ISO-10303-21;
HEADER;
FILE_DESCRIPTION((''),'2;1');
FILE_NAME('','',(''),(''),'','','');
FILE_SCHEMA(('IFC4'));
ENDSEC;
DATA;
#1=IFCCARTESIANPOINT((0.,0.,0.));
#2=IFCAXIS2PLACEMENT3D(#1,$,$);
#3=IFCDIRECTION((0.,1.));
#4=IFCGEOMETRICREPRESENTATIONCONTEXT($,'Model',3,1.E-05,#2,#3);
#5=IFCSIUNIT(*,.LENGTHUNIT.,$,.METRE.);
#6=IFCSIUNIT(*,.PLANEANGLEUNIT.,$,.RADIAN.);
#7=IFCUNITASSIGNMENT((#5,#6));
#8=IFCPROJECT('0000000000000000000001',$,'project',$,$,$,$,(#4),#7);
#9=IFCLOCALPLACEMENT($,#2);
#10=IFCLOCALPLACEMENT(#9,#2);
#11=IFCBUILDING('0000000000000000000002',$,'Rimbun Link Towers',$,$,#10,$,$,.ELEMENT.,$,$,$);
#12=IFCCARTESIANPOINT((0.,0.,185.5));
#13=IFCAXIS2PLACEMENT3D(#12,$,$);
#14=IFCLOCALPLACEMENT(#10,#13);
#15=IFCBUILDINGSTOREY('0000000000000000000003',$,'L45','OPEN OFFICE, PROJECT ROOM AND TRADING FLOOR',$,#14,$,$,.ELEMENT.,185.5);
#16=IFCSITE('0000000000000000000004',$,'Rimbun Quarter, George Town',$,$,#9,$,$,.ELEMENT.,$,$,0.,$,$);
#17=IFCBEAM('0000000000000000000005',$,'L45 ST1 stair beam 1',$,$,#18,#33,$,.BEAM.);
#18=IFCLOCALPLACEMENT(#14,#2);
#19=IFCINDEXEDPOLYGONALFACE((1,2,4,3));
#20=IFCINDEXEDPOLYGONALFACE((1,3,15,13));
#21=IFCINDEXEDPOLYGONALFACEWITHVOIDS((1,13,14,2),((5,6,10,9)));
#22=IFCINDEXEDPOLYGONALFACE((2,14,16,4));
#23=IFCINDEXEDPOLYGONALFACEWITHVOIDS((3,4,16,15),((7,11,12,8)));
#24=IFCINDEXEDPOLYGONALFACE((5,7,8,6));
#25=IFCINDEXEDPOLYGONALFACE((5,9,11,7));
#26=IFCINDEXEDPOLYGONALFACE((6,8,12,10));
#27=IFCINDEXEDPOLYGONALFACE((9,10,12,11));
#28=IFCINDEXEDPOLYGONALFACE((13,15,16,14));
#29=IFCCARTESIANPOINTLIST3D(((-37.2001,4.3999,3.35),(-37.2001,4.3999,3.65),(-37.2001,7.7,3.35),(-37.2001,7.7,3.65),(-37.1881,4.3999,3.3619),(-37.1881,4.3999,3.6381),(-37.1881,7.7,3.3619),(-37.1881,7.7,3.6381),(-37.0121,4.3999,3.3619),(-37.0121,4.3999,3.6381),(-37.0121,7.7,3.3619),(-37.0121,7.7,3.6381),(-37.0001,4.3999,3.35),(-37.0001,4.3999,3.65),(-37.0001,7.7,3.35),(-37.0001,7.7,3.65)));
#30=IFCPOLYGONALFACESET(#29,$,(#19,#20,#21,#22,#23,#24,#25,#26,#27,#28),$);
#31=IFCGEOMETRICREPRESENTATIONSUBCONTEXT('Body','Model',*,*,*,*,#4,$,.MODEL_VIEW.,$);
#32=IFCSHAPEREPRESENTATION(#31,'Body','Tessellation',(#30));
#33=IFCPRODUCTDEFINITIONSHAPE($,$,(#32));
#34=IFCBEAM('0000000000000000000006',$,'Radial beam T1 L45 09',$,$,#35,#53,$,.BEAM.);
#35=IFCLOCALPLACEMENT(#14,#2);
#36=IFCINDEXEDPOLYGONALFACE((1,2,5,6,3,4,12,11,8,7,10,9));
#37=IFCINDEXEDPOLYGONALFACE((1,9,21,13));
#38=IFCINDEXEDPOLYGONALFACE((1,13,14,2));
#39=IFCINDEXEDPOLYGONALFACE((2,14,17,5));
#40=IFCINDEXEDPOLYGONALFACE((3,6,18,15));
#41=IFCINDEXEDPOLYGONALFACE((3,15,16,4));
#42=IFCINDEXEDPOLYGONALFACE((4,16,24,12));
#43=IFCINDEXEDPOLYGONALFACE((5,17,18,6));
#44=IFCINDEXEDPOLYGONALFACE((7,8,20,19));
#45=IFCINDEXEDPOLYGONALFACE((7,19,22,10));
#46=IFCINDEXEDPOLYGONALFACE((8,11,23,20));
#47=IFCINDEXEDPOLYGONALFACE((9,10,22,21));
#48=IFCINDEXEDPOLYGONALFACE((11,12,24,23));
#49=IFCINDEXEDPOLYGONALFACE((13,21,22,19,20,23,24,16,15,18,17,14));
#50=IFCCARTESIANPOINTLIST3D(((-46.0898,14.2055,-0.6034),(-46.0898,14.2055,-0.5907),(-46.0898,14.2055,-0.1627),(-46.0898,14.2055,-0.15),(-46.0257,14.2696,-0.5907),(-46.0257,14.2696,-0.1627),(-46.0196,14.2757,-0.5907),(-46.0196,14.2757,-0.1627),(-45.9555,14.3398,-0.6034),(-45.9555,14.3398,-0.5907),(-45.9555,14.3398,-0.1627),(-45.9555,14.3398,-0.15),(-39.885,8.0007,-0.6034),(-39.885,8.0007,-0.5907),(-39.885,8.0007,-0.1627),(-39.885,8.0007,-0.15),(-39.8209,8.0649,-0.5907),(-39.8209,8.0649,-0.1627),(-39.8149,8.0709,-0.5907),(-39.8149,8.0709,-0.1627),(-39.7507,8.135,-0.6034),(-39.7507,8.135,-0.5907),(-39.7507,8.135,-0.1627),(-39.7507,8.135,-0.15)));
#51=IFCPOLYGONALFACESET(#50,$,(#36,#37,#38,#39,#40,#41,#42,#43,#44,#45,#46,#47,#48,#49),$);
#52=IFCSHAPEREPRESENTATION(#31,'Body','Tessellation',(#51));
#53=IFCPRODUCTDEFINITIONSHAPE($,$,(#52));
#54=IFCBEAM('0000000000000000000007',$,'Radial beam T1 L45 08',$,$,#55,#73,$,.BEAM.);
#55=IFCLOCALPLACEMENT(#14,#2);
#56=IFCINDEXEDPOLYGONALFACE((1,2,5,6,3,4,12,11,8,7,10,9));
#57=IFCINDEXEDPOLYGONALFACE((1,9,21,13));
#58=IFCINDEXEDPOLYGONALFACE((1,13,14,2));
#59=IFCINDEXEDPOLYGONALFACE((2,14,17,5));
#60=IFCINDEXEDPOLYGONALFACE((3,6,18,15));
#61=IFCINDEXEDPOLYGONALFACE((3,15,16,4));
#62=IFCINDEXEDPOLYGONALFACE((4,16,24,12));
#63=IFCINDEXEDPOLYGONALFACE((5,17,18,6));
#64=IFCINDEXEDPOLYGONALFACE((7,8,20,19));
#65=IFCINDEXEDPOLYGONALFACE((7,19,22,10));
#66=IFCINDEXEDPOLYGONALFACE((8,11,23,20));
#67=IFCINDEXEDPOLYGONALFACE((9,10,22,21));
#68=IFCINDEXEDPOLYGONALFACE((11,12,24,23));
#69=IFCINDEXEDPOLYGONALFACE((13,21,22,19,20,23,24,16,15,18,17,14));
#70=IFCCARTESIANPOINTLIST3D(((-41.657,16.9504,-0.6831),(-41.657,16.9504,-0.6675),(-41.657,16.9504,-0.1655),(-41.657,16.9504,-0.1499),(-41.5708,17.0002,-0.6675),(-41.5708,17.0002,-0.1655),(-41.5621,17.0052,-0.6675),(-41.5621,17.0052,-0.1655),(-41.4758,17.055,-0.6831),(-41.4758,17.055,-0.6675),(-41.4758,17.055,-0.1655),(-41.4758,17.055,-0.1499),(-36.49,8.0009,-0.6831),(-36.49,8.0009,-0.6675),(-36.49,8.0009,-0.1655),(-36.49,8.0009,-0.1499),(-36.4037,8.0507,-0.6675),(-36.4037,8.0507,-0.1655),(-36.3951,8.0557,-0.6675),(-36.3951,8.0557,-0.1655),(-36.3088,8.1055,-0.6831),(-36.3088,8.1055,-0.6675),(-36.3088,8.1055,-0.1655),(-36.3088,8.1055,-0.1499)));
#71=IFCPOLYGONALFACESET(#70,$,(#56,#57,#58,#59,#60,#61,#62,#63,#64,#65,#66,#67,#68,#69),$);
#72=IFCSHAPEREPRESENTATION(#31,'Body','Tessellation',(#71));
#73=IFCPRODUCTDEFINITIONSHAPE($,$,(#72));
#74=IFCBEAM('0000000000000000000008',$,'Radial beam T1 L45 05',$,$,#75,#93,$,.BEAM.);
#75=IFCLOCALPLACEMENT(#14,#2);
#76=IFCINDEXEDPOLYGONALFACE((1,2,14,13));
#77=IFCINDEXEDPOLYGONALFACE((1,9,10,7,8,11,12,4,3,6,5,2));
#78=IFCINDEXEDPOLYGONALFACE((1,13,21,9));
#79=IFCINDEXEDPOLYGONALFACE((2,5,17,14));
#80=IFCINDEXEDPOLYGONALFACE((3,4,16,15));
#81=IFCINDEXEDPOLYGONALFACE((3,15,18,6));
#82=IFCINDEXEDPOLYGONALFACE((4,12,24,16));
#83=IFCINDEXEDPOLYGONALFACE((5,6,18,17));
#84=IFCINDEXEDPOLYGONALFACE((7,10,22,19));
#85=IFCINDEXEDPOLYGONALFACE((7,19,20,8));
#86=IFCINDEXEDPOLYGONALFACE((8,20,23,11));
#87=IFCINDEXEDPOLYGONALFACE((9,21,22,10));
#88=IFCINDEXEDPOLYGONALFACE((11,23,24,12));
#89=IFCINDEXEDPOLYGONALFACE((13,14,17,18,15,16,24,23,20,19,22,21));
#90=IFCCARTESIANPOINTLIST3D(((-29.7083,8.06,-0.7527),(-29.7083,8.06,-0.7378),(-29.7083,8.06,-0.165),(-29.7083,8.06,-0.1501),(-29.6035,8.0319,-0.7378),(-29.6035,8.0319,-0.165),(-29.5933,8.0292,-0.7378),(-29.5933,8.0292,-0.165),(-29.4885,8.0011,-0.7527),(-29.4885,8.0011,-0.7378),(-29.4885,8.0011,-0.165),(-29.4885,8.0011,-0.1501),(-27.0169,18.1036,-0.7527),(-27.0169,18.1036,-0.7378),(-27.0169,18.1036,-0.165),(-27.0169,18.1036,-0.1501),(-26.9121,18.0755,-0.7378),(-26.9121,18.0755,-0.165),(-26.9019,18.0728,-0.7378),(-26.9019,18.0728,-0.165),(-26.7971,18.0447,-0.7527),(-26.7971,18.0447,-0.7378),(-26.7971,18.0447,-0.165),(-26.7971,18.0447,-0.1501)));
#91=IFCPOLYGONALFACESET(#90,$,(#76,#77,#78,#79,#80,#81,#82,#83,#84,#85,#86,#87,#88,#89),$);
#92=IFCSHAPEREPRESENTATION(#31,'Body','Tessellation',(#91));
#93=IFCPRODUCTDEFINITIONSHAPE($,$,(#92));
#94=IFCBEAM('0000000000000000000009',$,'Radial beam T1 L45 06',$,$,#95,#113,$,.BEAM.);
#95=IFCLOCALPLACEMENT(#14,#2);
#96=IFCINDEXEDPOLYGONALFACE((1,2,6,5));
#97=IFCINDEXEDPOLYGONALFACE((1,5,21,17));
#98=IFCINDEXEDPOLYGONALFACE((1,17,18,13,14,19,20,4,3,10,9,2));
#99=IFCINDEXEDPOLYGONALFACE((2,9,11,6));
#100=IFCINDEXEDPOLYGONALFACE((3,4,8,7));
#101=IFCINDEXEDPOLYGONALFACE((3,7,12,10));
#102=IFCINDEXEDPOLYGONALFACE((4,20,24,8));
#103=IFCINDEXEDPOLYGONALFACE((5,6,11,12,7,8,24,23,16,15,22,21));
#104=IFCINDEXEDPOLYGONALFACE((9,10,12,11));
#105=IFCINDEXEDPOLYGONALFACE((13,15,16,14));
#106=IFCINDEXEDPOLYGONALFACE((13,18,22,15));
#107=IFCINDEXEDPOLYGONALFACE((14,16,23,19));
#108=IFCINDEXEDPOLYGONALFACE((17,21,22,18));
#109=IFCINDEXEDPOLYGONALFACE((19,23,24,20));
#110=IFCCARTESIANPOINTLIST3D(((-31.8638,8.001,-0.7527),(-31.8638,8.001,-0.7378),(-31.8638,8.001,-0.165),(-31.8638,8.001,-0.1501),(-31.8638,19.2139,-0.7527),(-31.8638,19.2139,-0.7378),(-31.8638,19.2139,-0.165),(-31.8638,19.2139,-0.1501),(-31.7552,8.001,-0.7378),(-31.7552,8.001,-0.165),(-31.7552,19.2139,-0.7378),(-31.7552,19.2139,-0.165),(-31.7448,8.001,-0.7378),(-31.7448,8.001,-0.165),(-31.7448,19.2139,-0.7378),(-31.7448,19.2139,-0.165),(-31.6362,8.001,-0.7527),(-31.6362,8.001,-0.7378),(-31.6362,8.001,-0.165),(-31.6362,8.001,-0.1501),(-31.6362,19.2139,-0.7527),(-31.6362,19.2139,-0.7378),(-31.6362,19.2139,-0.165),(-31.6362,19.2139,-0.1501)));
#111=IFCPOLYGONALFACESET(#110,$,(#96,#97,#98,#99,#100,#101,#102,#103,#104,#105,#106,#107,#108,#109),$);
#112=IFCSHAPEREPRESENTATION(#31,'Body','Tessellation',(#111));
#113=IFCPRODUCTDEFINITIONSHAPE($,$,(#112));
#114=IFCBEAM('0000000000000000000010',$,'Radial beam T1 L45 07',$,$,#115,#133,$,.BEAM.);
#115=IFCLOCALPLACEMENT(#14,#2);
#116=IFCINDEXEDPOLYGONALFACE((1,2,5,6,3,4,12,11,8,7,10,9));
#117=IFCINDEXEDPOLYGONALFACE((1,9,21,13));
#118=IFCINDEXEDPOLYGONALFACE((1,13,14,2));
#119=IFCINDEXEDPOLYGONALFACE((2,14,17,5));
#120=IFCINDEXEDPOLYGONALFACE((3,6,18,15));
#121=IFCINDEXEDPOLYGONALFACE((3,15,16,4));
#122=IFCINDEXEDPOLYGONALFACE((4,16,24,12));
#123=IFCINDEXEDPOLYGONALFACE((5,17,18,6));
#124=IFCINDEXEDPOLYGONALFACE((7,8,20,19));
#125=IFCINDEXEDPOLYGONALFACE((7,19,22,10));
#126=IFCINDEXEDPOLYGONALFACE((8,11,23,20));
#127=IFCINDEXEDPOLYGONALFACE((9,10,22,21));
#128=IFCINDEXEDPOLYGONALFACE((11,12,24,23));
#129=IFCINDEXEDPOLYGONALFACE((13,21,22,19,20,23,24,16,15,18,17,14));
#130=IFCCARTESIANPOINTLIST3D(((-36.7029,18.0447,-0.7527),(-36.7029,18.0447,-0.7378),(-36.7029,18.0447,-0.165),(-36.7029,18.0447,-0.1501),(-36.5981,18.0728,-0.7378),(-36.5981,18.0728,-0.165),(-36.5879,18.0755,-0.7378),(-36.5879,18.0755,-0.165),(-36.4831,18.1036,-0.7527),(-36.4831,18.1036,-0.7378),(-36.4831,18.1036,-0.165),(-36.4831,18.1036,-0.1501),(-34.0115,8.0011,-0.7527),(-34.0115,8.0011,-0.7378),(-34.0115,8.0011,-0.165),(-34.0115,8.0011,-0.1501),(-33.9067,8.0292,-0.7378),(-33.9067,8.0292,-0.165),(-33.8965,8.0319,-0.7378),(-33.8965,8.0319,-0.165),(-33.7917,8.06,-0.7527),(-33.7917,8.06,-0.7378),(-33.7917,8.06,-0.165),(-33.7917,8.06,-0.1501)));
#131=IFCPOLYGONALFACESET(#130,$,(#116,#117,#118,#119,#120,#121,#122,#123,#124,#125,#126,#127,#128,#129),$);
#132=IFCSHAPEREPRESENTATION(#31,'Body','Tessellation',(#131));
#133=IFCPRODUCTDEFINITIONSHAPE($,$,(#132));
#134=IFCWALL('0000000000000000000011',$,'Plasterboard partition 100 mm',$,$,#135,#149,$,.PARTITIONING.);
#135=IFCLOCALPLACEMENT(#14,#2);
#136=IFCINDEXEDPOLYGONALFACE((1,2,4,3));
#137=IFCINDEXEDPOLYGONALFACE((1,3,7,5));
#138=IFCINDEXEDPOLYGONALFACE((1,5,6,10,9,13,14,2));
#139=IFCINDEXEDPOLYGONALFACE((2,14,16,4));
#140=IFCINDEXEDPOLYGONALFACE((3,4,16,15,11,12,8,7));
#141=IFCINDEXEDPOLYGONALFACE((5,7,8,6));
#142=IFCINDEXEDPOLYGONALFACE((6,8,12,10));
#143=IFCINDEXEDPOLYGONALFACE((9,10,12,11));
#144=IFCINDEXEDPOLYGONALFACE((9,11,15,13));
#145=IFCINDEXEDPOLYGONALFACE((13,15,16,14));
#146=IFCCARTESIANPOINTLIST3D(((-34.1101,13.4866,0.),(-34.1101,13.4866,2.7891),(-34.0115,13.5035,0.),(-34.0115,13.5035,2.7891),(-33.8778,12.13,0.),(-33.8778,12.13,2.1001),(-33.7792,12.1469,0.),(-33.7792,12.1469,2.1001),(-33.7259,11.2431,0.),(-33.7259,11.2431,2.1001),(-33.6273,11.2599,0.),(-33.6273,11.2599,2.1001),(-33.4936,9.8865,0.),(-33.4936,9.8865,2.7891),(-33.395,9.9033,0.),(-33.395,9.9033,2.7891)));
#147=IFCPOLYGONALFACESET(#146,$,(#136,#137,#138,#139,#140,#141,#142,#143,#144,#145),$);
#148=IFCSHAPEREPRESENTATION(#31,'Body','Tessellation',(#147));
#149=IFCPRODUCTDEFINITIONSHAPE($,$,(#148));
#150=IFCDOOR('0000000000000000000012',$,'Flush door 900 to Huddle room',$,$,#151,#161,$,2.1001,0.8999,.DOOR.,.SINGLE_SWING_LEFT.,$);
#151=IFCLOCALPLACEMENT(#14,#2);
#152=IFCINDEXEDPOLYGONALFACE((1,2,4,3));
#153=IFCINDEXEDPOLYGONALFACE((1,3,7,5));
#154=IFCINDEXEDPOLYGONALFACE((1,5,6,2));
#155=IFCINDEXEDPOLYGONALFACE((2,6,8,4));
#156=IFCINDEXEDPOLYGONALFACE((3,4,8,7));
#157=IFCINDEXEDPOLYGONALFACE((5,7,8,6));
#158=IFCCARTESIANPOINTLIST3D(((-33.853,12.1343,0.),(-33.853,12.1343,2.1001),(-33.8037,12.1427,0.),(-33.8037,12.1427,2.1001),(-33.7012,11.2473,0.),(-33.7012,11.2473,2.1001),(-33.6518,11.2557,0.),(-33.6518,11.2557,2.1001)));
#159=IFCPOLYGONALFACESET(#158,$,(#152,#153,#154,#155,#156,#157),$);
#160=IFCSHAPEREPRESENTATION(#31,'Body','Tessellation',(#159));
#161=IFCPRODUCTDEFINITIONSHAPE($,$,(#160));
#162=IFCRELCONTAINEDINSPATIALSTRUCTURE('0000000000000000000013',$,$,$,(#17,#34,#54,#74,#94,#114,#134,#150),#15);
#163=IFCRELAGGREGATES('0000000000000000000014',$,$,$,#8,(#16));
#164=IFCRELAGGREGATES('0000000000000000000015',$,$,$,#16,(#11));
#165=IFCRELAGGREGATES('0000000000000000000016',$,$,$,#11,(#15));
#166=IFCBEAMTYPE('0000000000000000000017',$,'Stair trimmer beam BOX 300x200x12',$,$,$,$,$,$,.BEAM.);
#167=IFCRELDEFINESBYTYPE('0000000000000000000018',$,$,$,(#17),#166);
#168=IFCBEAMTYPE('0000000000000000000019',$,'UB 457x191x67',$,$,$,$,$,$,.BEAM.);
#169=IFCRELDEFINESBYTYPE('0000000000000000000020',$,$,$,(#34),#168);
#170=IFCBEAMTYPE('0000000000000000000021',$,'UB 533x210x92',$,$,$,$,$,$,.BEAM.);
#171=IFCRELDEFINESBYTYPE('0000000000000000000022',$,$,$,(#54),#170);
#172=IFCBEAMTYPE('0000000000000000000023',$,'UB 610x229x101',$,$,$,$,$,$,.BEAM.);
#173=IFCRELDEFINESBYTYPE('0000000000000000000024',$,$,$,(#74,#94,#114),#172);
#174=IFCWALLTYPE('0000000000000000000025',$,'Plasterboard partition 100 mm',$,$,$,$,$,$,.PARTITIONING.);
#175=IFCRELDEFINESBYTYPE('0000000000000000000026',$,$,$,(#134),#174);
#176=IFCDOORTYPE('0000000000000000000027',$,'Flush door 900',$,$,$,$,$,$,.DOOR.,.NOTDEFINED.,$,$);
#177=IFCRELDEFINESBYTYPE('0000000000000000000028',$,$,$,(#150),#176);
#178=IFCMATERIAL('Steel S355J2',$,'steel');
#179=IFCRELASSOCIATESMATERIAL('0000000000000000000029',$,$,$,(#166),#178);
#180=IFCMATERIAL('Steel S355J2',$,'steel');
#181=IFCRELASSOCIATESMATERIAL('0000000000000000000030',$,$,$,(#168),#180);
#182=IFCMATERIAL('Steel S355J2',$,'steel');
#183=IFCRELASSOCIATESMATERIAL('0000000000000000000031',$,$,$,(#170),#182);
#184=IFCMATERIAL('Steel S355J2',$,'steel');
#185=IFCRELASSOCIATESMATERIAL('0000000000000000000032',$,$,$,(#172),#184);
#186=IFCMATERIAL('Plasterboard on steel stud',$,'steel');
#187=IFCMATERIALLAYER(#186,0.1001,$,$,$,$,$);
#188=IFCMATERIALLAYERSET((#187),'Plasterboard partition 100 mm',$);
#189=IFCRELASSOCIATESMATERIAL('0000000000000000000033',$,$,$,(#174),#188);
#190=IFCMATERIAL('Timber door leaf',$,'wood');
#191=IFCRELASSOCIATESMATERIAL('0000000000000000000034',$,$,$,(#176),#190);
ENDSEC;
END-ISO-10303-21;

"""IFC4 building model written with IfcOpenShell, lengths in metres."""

from ifc_helpers import new_model, si_unit, direction, frame, frame_2d, origin, origin_2d, place, context, subcontext, project, spatial, rectangle, hollow_rectangle, i_section, extrude, material, layer, layer_set, material_profile, profile_set, type_object, element, fill, save


model = new_model("IFC4")

# Units and contexts
model_context = context("Model", 3, precision=1e-05, world=origin(), true_north=direction((0.0, 1.0)))
body_context = subcontext(model_context, "Body", "Model", "MODEL_VIEW")
ifc_project = project(units=[si_unit("LENGTHUNIT", "METRE"), si_unit("PLANEANGLEUNIT", "RADIAN")], contexts=[model_context])

# Site, building, storey
site_placement = place(None, origin())
site = spatial("IfcSite", under=ifc_project, at=site_placement, Name="Rimbun Quarter, George Town", CompositionType="ELEMENT", RefElevation=0.0)
building_placement = place(site_placement, origin())
building = spatial("IfcBuilding", under=site, at=building_placement, Name="Rimbun Link Towers", CompositionType="ELEMENT")
storey_placement = place(building_placement, frame((0.0, 0.0, 185.5)))
storey = spatial("IfcBuildingStorey", under=building, at=storey_placement, Name="L45", Description="OPEN OFFICE, PROJECT ROOM AND TRADING FLOOR", CompositionType="ELEMENT", Elevation=185.5)

# Beams
ifc_material_1 = material(Name="Steel S355J2", Category="steel")
ifc_material_profile_1 = material_profile(ifc_material_1, hollow_rectangle(XDim=0.2, YDim=0.3, WallThickness=0.012, at=origin_2d()), Name="BOX 300x200x12")
ifc_profile_set_1 = profile_set([ifc_material_profile_1], Name="Steel S355J2")
beam_type_1 = type_object("IfcBeamType", Name="Stair trimmer beam BOX 300x200x12", PredefinedType="BEAM", material=ifc_profile_set_1)
beam_1_placement = place(storey_placement, frame((-37.1001, 7.7, 3.5), z_axis=(0.0, -1.0, 0.0), x_axis=(1.0, 0.0, 0.0)))
element("IfcBeam", 1, at=beam_1_placement, inside=storey, type_object=beam_type_1, Name="L45 ST1 stair beam 1", PredefinedType="BEAM", context=body_context, shape_type="SweptSolid", body=[
    extrude(hollow_rectangle(XDim=0.2, YDim=0.3, WallThickness=0.012, at=origin_2d()), origin(), (0.0, 0.0, 1.0), 3.3),
])
ifc_material_2 = material(Name="Steel S355J2", Category="steel")
ifc_material_profile_2 = material_profile(ifc_material_2, i_section(OverallWidth=0.1899, OverallDepth=0.4534, WebThickness=0.0085, FlangeThickness=0.0127, at=origin_2d()), Name="UB 457x191x67")
ifc_profile_set_2 = profile_set([ifc_material_profile_2], Name="Steel S355J2")
beam_type_2 = type_object("IfcBeamType", Name="UB 457x191x67", PredefinedType="BEAM", material=ifc_profile_set_2)
beam_2_placement = place(storey_placement, frame((-39.8179, 8.0679, -0.3767), z_axis=(-0.707107, 0.707107, 0.0), x_axis=(-0.707107, -0.707107, 0.0)))
element("IfcBeam", 2, at=beam_2_placement, inside=storey, type_object=beam_type_2, Name="Radial beam T1 L45 09", PredefinedType="BEAM", context=body_context, shape_type="SweptSolid", body=[
    extrude(i_section(OverallWidth=0.1899, OverallDepth=0.4534, WebThickness=0.0085, FlangeThickness=0.0127, at=origin_2d()), origin(), (0.0, 0.0, 1.0), 8.7749),
])
ifc_material_3 = material(Name="Steel S355J2", Category="steel")
ifc_material_profile_3 = material_profile(ifc_material_3, i_section(OverallWidth=0.2092, OverallDepth=0.5332, WebThickness=0.01, FlangeThickness=0.0156, at=origin_2d()), Name="UB 533x210x92")
ifc_profile_set_3 = profile_set([ifc_material_profile_3], Name="Steel S355J2")
beam_type_3 = type_object("IfcBeamType", Name="UB 533x210x92", PredefinedType="BEAM", material=ifc_profile_set_3)
beam_3_placement = place(storey_placement, frame((-36.3994, 8.0532, -0.4165), z_axis=(-0.500001, 0.866025, 0.0), x_axis=(-0.866025, -0.500001, 0.0)))
element("IfcBeam", 3, at=beam_3_placement, inside=storey, type_object=beam_type_3, Name="Radial beam T1 L45 08", PredefinedType="BEAM", context=body_context, shape_type="SweptSolid", body=[
    extrude(i_section(OverallWidth=0.2092, OverallDepth=0.5332, WebThickness=0.01, FlangeThickness=0.0156, at=origin_2d()), origin(), (0.0, 0.0, 1.0), 10.334),
])
ifc_material_4 = material(Name="Steel S355J2", Category="steel")
ifc_material_profile_4 = material_profile(ifc_material_4, i_section(OverallWidth=0.2275, OverallDepth=0.6025, WebThickness=0.0105, FlangeThickness=0.0149, at=origin_2d()), Name="UB 610x229x101")
ifc_profile_set_4 = profile_set([ifc_material_profile_4], Name="Steel S355J2")
beam_type_4 = type_object("IfcBeamType", Name="UB 610x229x101", PredefinedType="BEAM", material=ifc_profile_set_4)
beam_4_placement = place(storey_placement, frame((-29.5984, 8.0305, -0.4514), z_axis=(0.258837, 0.965921, 0.0), x_axis=(-0.965921, 0.258837, 0.0)))
element("IfcBeam", 4, at=beam_4_placement, inside=storey, type_object=beam_type_4, Name="Radial beam T1 L45 05", PredefinedType="BEAM", context=body_context, shape_type="SweptSolid", body=[
    extrude(i_section(OverallWidth=0.2275, OverallDepth=0.6025, WebThickness=0.0105, FlangeThickness=0.0149, at=origin_2d()), origin(), (0.0, 0.0, 1.0), 10.3979),
])
beam_5_placement = place(storey_placement, frame((-31.75, 8.001, -0.4514), z_axis=(0.0, 1.0, 0.0), x_axis=(-1.0, 0.0, 0.0)))
element("IfcBeam", 5, at=beam_5_placement, inside=storey, type_object=beam_type_4, Name="Radial beam T1 L45 06", PredefinedType="BEAM", context=body_context, shape_type="SweptSolid", body=[
    extrude(i_section(OverallWidth=0.2275, OverallDepth=0.6025, WebThickness=0.0105, FlangeThickness=0.0149, at=origin_2d()), origin(), (0.0, 0.0, 1.0), 11.2129),
])
beam_6_placement = place(storey_placement, frame((-33.9016, 8.0305, -0.4514), z_axis=(-0.258837, 0.965921, 0.0), x_axis=(-0.965921, -0.258837, 0.0)))
element("IfcBeam", 6, at=beam_6_placement, inside=storey, type_object=beam_type_4, Name="Radial beam T1 L45 07", PredefinedType="BEAM", context=body_context, shape_type="SweptSolid", body=[
    extrude(i_section(OverallWidth=0.2275, OverallDepth=0.6025, WebThickness=0.0105, FlangeThickness=0.0149, at=origin_2d()), origin(), (0.0, 0.0, 1.0), 10.3979),
])

# Wall, opening, door
ifc_material_5 = material(Name="Plasterboard on steel stud", Category="steel")
ifc_layer_1 = layer(ifc_material_5, 0.1001)
ifc_layer_set_1 = layer_set([ifc_layer_1], Name="Plasterboard partition 100 mm")
wall_type_1 = type_object("IfcWallType", Name="Plasterboard partition 100 mm", PredefinedType="PARTITIONING", material=ifc_layer_set_1)
wall_1_placement = place(storey_placement, frame((-33.4443, 9.895, 0.0), z_axis=(0.0, 0.0, 1.0), x_axis=(-0.168776, 0.985654, 0.0)))
wall_1 = element("IfcWall", 7, at=wall_1_placement, inside=storey, type_object=wall_type_1, Name="Plasterboard partition 100 mm", PredefinedType="PARTITIONING", context=body_context, shape_type="SweptSolid", body=[
    extrude(rectangle(XDim=3.6526, YDim=0.1001, at=frame_2d((1.8262, 0.0))), origin(), (0.0, 0.0, 1.0), 2.7891),
])
opening_1_placement = place(wall_1_placement, frame((1.3762, 0.0, 0.0)))
opening_1 = element("IfcOpeningElement", 8, at=opening_1_placement, cuts=wall_1, PredefinedType="OPENING", context=body_context, shape_type="SweptSolid", body=[
    extrude(rectangle(XDim=0.8999, YDim=2.1001, at=frame_2d((0.45, 1.05))), frame((0.0, 0.0601, 0.0), z_axis=(0.0, -1.0, 0.0), x_axis=(1.0, 0.0, 0.0)), (0.0, 0.0, 1.0), 0.1201),
])
ifc_material_6 = material(Name="Timber door leaf", Category="wood")
door_type_1 = type_object("IfcDoorType", Name="Flush door 900", OperationType="NOTDEFINED", PredefinedType="DOOR", material=ifc_material_6)
door_1_placement = place(opening_1_placement, origin())
door_1 = element("IfcDoor", 9, at=door_1_placement, inside=storey, type_object=door_type_1, Name="Flush door 900 to Huddle room", OperationType="SINGLE_SWING_LEFT", OverallHeight=2.1001, OverallWidth=0.8999, PredefinedType="DOOR", context=body_context, shape_type="SweptSolid", body=[
    extrude(rectangle(XDim=0.8999, YDim=2.1001, at=frame_2d((0.45, 1.05))), frame((0.0, 0.0249, 0.0), z_axis=(0.0, -1.0, 0.0), x_axis=(1.0, 0.0, 0.0)), (0.0, 0.0, 1.0), 0.05),
])
fill(opening_1, door_1)

save(model, "model.ifc")
